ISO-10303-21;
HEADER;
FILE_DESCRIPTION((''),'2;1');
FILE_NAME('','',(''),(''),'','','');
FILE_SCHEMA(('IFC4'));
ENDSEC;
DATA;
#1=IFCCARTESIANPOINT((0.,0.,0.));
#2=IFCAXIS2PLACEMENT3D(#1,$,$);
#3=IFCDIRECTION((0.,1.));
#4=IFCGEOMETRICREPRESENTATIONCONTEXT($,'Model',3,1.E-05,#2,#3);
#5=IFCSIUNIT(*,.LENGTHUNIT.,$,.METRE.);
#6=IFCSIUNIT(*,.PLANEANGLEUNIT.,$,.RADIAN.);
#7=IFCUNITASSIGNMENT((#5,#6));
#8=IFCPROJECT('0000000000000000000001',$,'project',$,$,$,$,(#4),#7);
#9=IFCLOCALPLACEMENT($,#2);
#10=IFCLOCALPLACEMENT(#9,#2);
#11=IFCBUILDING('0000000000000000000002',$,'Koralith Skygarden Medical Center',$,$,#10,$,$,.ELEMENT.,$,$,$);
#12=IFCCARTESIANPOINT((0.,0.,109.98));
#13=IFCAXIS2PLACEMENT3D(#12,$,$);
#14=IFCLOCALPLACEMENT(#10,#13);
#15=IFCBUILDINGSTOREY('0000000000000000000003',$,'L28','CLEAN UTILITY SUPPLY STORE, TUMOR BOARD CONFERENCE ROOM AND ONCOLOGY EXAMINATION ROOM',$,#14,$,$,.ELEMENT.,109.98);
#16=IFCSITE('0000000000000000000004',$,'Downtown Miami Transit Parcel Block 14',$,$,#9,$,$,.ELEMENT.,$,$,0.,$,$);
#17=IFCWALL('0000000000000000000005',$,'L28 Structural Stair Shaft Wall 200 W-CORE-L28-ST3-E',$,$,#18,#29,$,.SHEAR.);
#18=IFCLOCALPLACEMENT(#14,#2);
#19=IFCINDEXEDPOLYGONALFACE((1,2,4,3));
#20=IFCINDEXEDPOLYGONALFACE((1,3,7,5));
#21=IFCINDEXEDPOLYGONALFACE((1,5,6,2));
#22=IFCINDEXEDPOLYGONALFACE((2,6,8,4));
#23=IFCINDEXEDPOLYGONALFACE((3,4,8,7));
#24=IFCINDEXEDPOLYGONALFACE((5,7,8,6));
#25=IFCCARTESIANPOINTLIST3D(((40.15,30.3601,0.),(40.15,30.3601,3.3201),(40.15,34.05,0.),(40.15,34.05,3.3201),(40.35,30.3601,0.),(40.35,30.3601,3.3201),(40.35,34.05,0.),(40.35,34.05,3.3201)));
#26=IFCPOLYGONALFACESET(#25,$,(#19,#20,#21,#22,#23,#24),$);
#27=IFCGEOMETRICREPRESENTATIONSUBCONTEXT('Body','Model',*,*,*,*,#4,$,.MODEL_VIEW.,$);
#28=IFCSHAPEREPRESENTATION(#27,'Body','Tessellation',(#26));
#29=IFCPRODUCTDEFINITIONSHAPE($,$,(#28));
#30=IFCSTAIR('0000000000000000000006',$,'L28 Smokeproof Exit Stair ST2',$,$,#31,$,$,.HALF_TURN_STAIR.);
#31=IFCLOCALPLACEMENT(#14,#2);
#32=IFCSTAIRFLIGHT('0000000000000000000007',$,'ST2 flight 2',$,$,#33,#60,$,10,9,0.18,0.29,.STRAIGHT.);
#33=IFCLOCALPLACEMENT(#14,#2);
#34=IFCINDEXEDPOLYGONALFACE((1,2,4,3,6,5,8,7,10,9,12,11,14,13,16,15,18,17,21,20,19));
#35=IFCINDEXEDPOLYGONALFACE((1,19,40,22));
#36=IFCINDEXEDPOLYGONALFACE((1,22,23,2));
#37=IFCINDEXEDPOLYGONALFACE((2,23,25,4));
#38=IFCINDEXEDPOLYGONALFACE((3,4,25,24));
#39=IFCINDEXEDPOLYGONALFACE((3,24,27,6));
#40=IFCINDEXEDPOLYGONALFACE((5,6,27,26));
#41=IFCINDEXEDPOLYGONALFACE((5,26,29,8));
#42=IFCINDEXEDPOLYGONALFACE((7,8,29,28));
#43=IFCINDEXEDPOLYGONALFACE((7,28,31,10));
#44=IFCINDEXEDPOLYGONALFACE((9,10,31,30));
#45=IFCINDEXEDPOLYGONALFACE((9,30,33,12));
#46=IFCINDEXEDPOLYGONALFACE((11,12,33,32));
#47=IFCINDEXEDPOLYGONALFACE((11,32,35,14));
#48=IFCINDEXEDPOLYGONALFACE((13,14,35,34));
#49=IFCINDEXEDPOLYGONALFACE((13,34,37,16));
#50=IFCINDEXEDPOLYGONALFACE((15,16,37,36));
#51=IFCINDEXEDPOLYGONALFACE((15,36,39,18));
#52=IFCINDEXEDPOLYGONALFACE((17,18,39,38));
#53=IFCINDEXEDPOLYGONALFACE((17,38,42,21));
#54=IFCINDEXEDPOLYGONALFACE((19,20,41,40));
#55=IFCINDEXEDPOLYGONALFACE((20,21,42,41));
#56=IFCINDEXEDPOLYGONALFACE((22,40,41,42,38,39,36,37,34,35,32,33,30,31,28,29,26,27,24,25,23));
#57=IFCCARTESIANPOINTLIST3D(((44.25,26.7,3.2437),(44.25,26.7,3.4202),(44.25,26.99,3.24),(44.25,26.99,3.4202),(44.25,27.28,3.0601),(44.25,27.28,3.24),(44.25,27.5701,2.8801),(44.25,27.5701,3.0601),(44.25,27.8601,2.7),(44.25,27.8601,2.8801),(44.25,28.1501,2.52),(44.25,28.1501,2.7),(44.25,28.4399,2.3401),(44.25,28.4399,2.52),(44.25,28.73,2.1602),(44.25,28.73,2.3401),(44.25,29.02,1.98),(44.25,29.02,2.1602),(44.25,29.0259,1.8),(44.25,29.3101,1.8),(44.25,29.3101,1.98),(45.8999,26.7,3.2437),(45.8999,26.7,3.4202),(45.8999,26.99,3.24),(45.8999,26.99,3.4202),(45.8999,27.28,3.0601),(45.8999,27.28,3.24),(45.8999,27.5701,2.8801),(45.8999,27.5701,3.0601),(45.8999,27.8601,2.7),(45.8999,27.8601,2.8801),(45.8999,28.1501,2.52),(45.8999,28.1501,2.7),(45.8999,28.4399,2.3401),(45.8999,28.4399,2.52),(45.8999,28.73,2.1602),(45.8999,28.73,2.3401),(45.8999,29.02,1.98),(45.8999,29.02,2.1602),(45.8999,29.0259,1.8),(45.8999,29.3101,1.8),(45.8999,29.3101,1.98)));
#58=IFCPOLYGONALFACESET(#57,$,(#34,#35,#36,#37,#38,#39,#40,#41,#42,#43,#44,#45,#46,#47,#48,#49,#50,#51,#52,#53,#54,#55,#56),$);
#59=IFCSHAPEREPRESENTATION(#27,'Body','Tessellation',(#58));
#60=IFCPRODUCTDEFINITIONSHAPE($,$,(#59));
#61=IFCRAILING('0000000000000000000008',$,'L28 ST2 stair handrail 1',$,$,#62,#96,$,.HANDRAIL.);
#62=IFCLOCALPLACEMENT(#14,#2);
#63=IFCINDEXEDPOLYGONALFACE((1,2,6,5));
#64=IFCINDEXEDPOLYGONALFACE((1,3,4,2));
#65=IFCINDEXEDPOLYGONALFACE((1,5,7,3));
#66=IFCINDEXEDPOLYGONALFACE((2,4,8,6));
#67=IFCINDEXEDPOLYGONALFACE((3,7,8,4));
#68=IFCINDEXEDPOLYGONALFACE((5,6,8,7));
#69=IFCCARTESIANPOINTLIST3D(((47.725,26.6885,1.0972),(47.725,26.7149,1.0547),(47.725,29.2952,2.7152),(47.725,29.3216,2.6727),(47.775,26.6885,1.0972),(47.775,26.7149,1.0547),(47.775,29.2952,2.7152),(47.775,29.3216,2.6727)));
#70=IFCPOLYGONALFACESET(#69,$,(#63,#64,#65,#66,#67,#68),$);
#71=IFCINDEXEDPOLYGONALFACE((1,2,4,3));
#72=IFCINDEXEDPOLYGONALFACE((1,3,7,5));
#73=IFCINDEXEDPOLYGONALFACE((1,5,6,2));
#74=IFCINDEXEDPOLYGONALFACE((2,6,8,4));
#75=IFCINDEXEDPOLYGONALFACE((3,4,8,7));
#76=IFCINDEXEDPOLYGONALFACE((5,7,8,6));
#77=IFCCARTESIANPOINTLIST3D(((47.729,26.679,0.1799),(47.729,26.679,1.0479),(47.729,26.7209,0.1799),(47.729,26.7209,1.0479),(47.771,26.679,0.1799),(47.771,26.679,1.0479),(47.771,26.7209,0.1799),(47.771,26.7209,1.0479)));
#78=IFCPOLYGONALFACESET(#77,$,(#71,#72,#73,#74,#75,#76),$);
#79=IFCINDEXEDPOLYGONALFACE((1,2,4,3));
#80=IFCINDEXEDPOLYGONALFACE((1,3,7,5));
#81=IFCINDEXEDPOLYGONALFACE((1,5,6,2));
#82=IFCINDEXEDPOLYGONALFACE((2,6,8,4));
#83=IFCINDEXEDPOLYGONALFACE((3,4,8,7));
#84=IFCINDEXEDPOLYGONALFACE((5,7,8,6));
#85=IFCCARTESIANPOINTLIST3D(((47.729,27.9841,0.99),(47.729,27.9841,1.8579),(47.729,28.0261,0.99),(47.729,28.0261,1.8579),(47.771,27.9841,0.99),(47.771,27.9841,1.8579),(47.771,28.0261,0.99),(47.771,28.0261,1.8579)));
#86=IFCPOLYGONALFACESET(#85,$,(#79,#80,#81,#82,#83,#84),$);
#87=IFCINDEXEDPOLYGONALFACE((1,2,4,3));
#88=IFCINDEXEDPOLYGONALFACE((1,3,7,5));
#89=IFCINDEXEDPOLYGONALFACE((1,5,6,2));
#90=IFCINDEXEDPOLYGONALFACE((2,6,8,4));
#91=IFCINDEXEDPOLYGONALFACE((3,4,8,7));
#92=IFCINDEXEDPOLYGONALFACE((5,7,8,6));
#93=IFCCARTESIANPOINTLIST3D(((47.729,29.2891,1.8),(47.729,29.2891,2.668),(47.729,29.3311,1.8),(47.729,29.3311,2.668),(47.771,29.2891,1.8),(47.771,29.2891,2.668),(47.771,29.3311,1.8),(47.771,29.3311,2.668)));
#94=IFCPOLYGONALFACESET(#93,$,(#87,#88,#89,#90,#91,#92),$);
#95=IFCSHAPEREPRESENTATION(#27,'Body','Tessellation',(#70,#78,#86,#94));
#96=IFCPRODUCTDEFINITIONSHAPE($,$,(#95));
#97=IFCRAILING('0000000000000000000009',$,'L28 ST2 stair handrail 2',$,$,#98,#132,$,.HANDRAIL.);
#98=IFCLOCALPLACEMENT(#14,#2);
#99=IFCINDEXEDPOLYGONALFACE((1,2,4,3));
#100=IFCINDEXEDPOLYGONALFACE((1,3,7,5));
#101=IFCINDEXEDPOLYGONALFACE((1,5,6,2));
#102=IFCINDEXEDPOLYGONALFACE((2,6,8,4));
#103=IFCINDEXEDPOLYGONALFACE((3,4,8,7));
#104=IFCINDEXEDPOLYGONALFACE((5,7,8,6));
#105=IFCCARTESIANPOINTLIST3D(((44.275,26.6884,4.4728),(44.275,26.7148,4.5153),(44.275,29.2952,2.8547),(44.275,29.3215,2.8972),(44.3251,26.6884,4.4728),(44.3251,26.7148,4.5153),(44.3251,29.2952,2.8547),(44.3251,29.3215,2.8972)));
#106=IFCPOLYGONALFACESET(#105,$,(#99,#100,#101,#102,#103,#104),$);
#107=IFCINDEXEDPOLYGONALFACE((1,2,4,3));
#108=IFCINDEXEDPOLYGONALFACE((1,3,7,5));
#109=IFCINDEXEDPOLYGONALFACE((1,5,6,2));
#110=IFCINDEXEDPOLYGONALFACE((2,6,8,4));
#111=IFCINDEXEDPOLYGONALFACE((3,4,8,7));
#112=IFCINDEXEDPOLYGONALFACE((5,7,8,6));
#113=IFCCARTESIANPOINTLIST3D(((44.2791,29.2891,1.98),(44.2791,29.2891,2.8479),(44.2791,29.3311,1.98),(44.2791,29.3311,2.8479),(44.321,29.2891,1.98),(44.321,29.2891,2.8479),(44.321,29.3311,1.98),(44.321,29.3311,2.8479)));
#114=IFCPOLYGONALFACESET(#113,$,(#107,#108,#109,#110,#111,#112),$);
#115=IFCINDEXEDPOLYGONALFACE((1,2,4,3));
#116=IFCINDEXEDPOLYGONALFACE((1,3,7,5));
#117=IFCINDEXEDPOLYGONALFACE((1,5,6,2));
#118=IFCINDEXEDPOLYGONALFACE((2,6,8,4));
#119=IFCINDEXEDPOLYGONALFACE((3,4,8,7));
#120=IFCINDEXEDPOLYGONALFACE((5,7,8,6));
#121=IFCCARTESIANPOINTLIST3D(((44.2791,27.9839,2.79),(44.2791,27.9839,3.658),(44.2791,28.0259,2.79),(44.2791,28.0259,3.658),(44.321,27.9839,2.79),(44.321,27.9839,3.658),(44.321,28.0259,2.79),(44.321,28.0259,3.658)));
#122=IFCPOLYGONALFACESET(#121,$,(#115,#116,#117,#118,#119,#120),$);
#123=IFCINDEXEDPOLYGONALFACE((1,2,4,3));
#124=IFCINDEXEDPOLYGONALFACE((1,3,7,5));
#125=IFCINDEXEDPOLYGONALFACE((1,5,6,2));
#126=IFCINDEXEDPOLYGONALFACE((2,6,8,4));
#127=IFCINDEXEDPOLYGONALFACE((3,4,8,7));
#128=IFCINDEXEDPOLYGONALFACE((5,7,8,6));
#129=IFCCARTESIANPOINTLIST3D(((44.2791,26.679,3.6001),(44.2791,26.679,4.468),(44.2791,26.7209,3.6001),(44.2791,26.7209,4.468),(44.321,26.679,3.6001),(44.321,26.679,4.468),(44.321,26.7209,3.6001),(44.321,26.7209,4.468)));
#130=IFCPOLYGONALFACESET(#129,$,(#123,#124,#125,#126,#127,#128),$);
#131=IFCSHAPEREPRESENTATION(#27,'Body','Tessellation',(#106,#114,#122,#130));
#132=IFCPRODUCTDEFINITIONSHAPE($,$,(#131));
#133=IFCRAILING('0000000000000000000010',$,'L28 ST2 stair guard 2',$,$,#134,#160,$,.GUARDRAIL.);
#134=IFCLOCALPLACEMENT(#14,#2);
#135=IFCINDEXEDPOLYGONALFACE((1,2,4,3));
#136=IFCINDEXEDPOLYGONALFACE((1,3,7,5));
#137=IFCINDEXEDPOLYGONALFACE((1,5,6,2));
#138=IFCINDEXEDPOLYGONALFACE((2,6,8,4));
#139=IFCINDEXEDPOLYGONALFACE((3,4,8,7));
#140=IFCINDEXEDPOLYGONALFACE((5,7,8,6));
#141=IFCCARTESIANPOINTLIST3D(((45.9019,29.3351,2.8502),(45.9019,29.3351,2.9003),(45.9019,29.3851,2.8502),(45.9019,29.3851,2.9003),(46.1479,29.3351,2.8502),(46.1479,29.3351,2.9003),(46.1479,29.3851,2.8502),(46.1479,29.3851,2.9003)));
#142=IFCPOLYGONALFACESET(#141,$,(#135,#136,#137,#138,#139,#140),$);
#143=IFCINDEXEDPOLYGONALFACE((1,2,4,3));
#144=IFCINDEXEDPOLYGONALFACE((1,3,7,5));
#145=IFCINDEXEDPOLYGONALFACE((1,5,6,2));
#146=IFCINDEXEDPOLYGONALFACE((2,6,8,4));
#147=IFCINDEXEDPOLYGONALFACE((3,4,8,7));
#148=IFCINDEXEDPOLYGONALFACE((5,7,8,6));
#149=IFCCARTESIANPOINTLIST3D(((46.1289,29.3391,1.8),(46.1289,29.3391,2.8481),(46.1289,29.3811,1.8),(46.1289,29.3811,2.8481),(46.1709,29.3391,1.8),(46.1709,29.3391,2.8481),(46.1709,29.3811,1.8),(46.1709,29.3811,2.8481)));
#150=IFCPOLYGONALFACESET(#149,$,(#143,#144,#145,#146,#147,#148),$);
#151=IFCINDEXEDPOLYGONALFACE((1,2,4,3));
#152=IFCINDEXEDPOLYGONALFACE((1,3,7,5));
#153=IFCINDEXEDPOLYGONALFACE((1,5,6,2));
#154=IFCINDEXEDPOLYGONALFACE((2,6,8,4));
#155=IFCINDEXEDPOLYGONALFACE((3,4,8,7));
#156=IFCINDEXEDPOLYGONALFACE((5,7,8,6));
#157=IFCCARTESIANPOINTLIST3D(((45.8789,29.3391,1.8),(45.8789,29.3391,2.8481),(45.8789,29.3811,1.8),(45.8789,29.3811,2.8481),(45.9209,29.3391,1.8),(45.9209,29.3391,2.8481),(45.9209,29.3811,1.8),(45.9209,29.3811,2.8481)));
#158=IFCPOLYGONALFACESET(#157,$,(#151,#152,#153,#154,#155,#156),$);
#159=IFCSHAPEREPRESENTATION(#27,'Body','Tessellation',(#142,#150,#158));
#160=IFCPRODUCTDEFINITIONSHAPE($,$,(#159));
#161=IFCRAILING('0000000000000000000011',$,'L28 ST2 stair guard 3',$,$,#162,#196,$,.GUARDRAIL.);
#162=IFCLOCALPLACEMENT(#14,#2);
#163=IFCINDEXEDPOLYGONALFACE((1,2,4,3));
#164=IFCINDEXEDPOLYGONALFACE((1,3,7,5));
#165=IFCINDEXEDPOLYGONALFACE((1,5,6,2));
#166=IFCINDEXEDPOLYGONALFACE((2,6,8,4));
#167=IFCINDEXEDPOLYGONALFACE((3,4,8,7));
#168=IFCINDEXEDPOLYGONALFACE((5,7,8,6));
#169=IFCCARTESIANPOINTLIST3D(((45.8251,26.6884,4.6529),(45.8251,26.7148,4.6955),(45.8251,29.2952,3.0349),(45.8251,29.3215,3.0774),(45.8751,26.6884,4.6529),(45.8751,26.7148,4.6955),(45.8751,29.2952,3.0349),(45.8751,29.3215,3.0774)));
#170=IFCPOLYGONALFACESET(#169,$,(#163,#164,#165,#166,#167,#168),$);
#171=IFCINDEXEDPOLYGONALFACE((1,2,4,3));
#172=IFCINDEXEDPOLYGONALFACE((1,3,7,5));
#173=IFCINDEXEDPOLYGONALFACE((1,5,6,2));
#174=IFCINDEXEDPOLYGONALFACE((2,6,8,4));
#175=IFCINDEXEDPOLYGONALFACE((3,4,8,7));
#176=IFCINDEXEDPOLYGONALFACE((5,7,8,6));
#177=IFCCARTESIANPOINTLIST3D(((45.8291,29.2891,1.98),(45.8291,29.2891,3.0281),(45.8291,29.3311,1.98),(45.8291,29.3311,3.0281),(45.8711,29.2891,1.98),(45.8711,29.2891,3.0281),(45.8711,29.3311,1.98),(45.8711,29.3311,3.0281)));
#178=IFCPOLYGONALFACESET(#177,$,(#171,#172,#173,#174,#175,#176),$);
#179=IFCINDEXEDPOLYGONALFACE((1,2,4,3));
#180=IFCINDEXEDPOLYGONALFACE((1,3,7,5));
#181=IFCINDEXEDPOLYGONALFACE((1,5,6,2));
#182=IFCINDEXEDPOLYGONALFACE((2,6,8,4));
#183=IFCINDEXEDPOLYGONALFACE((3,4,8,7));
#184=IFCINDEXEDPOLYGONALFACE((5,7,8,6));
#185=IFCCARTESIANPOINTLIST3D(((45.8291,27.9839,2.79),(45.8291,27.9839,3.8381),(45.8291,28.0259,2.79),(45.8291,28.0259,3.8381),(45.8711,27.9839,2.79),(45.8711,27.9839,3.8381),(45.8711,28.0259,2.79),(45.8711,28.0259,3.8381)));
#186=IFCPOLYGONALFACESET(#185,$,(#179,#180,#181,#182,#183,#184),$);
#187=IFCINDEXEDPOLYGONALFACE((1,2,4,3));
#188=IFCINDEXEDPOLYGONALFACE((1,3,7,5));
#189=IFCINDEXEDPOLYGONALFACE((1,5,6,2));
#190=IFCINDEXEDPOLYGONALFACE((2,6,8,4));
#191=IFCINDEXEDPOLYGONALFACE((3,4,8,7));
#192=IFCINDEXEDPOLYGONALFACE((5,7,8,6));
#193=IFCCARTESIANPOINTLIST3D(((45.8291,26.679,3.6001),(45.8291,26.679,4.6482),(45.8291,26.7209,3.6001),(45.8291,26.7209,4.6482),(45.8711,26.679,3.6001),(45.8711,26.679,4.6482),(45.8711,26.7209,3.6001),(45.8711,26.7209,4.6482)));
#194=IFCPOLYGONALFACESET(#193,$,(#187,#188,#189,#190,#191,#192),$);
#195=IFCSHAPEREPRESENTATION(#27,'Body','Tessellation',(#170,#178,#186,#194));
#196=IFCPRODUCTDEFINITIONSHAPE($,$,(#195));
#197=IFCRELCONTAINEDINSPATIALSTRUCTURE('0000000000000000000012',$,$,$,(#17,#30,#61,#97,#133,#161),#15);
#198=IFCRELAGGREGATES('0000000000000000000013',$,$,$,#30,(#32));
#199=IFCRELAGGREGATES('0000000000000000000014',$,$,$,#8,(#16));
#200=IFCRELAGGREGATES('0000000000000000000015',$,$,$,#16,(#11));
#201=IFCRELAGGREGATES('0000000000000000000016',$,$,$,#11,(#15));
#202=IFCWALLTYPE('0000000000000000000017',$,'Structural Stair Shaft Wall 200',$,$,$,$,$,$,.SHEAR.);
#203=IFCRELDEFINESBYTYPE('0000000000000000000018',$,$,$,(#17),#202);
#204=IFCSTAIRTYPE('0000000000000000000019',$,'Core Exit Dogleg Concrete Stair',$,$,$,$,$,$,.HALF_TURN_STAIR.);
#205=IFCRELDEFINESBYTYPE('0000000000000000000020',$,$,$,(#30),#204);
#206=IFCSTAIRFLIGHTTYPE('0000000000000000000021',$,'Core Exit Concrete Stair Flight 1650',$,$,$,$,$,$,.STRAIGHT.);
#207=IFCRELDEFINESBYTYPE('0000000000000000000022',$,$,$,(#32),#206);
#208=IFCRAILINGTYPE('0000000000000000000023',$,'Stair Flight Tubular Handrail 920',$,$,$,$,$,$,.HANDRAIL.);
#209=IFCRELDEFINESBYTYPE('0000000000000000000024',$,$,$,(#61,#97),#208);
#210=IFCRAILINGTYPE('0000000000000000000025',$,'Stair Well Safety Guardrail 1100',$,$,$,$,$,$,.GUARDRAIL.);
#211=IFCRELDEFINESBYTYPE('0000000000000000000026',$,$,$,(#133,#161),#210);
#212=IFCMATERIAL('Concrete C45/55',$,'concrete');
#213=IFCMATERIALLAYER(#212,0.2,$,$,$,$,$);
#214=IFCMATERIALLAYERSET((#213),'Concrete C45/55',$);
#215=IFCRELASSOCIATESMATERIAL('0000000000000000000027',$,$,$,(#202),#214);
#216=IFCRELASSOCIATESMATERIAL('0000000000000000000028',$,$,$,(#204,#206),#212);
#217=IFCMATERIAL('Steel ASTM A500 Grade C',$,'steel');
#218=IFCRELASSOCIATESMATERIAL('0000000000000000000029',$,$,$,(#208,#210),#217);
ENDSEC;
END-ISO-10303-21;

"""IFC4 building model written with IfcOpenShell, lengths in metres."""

from ifc_helpers import new_model, si_unit, direction, frame, frame_2d, origin, origin_2d, place, context, subcontext, project, spatial, polyline, rectangle, outline, extrude, material, layer, layer_set, type_object, element, aggregate, save


model = new_model("IFC4")

# Units and contexts
model_context = context("Model", 3, precision=1e-05, world=origin(), true_north=direction((0.0, 1.0)))
body_context = subcontext(model_context, "Body", "Model", "MODEL_VIEW")
ifc_project = project(units=[si_unit("LENGTHUNIT", "METRE"), si_unit("PLANEANGLEUNIT", "RADIAN")], contexts=[model_context])

# Site, building, storey
site_placement = place(None, origin())
site = spatial("IfcSite", under=ifc_project, at=site_placement, Name="Downtown Miami Transit Parcel Block 14", CompositionType="ELEMENT", RefElevation=0.0)
building_placement = place(site_placement, origin())
building = spatial("IfcBuilding", under=site, at=building_placement, Name="Koralith Skygarden Medical Center", CompositionType="ELEMENT")
storey_placement = place(building_placement, frame((0.0, 0.0, 109.98)))
storey = spatial("IfcBuildingStorey", under=building, at=storey_placement, Name="L28", Description="CLEAN UTILITY SUPPLY STORE, TUMOR BOARD CONFERENCE ROOM AND ONCOLOGY EXAMINATION ROOM", CompositionType="ELEMENT", Elevation=109.98)

# Shared definitions
ifc_material_1 = material(Name="Concrete C45/55", Category="concrete")

# Shared definitions
ifc_material_2 = material(Name="Steel ASTM A500 Grade C", Category="steel")

# Wall
ifc_layer_1 = layer(ifc_material_1, 0.2)
ifc_layer_set_1 = layer_set([ifc_layer_1], Name="Concrete C45/55")
wall_type_1 = type_object("IfcWallType", Name="Structural Stair Shaft Wall 200", PredefinedType="SHEAR", material=ifc_layer_set_1)
wall_1_placement = place(storey_placement, frame((40.25, 30.3601, 0.0), z_axis=(0.0, 0.0, 1.0), x_axis=(0.0, 1.0, 0.0)))
element("IfcWall", 1, at=wall_1_placement, inside=storey, type_object=wall_type_1, Name="L28 Structural Stair Shaft Wall 200 W-CORE-L28-ST3-E", PredefinedType="SHEAR", context=body_context, shape_type="SweptSolid", body=[
    extrude(rectangle(XDim=3.6899, YDim=0.2, at=frame_2d((1.845, 0.0))), origin(), (0.0, 0.0, 1.0), 3.3201),
])

# Stair, stair flight
stair_type = type_object("IfcStairType", Name="Core Exit Dogleg Concrete Stair", PredefinedType="HALF_TURN_STAIR", material=ifc_material_1)
stair_placement = place(storey_placement, origin())
stair = element("IfcStair", 2, at=stair_placement, inside=storey, type_object=stair_type, Name="L28 Smokeproof Exit Stair ST2", PredefinedType="HALF_TURN_STAIR")
stair_flight_type = type_object("IfcStairFlightType", Name="Core Exit Concrete Stair Flight 1650", PredefinedType="STRAIGHT", material=ifc_material_1)
stair_flight_placement = place(storey_placement, frame((45.075, 29.3101, 1.8), z_axis=(0.0, 0.0, 1.0), x_axis=(0.0, -1.0, 0.0)))
stair_flight = element("IfcStairFlight", 3, at=stair_flight_placement, type_object=stair_flight_type, Name="ST2 flight 2", NumberOfRisers=10, NumberOfTreads=9, PredefinedType="STRAIGHT", RiserHeight=0.18, TreadLength=0.29, context=body_context, shape_type="SweptSolid", body=[
    extrude(outline(polyline([(0.0, 0.0), (0.0, 0.1799), (0.29, 0.1799), (0.29, 0.3601), (0.5801, 0.3601), (0.5801, 0.54), (0.8701, 0.54), (0.8701, 0.72), (1.1599, 0.72), (1.1599, 0.8999), (1.45, 0.8999), (1.45, 1.0801), (1.74, 1.0801), (1.74, 1.26), (2.03, 1.26), (2.03, 1.4399), (2.3201, 1.4399), (2.3201, 1.6201), (2.6101, 1.6201), (2.6101, 1.8), (2.6101, 1.4436), (0.2842, 0.0), (0.0, 0.0)])), frame((0.0, 0.825, 0.0), z_axis=(0.0, -1.0, 0.0), x_axis=(1.0, 0.0, 0.0)), (0.0, 0.0, 1.0), 1.6499),
])
aggregate(stair, [stair_flight])

# Railings
railing_type_1 = type_object("IfcRailingType", Name="Stair Flight Tubular Handrail 920", PredefinedType="HANDRAIL", material=ifc_material_2)
railing_1_placement = place(storey_placement, frame((47.75, 26.7, 0.1799)))
element("IfcRailing", 4, at=railing_1_placement, inside=storey, type_object=railing_type_1, Name="L28 ST2 stair handrail 1", PredefinedType="HANDRAIL", context=body_context, shape_type="SweptSolid", body=[
    extrude(rectangle(XDim=0.05, YDim=0.05, at=origin_2d()), frame((0.0, 0.0017, 0.896), z_axis=(0.0, 0.849633, 0.527375), x_axis=(-1.0, 0.0, 0.0)), (0.0, 0.0, 1.0), 3.0681),
    extrude(rectangle(XDim=0.042, YDim=0.042, at=origin_2d()), origin(), (0.0, 0.0, 1.0), 0.8679),
    extrude(rectangle(XDim=0.042, YDim=0.042, at=origin_2d()), frame((0.0, 1.3052, 0.8101)), (0.0, 0.0, 1.0), 0.8679),
    extrude(rectangle(XDim=0.042, YDim=0.042, at=origin_2d()), frame((0.0, 2.6101, 1.6201)), (0.0, 0.0, 1.0), 0.8679),
])
railing_2_placement = place(storey_placement, frame((44.3, 29.3101, 1.98)))
element("IfcRailing", 5, at=railing_2_placement, inside=storey, type_object=railing_type_1, Name="L28 ST2 stair handrail 2", PredefinedType="HANDRAIL", context=body_context, shape_type="SweptSolid", body=[
    extrude(rectangle(XDim=0.05, YDim=0.05, at=origin_2d()), frame((0.0, -0.0017, 0.896), z_axis=(0.0, -0.849633, 0.527375), x_axis=(1.0, 0.0, 0.0)), (0.0, 0.0, 1.0), 3.0681),
    extrude(rectangle(XDim=0.042, YDim=0.042, at=origin_2d()), origin(), (0.0, 0.0, 1.0), 0.8679),
    extrude(rectangle(XDim=0.042, YDim=0.042, at=origin_2d()), frame((0.0, -1.3052, 0.8101)), (0.0, 0.0, 1.0), 0.8679),
    extrude(rectangle(XDim=0.042, YDim=0.042, at=origin_2d()), frame((0.0, -2.6101, 1.6201)), (0.0, 0.0, 1.0), 0.8679),
])
railing_type_2 = type_object("IfcRailingType", Name="Stair Well Safety Guardrail 1100", PredefinedType="GUARDRAIL", material=ifc_material_2)
railing_3_placement = place(storey_placement, frame((46.1499, 29.3601, 1.8)))
element("IfcRailing", 6, at=railing_3_placement, inside=storey, type_object=railing_type_2, Name="L28 ST2 stair guard 2", PredefinedType="GUARDRAIL", context=body_context, shape_type="SweptSolid", body=[
    extrude(rectangle(XDim=0.05, YDim=0.05, at=origin_2d()), frame((-0.002, 0.0, 1.0752), z_axis=(-1.0, 0.0, 0.0), x_axis=(0.0, -1.0, 0.0)), (0.0, 0.0, 1.0), 0.2461),
    extrude(rectangle(XDim=0.042, YDim=0.042, at=origin_2d()), origin(), (0.0, 0.0, 1.0), 1.0481),
    extrude(rectangle(XDim=0.042, YDim=0.042, at=origin_2d()), frame((-0.25, 0.0, 0.0)), (0.0, 0.0, 1.0), 1.0481),
])
railing_4_placement = place(storey_placement, frame((45.8501, 29.3101, 1.98)))
element("IfcRailing", 7, at=railing_4_placement, inside=storey, type_object=railing_type_2, Name="L28 ST2 stair guard 3", PredefinedType="GUARDRAIL", context=body_context, shape_type="SweptSolid", body=[
    extrude(rectangle(XDim=0.05, YDim=0.05, at=origin_2d()), frame((0.0, -0.0017, 1.0762), z_axis=(0.0, -0.849633, 0.527375), x_axis=(1.0, 0.0, 0.0)), (0.0, 0.0, 1.0), 3.0681),
    extrude(rectangle(XDim=0.042, YDim=0.042, at=origin_2d()), origin(), (0.0, 0.0, 1.0), 1.0481),
    extrude(rectangle(XDim=0.042, YDim=0.042, at=origin_2d()), frame((0.0, -1.3052, 0.8101)), (0.0, 0.0, 1.0), 1.0481),
    extrude(rectangle(XDim=0.042, YDim=0.042, at=origin_2d()), frame((0.0, -2.6101, 1.6201)), (0.0, 0.0, 1.0), 1.0481),
])

save(model, "model.ifc")
